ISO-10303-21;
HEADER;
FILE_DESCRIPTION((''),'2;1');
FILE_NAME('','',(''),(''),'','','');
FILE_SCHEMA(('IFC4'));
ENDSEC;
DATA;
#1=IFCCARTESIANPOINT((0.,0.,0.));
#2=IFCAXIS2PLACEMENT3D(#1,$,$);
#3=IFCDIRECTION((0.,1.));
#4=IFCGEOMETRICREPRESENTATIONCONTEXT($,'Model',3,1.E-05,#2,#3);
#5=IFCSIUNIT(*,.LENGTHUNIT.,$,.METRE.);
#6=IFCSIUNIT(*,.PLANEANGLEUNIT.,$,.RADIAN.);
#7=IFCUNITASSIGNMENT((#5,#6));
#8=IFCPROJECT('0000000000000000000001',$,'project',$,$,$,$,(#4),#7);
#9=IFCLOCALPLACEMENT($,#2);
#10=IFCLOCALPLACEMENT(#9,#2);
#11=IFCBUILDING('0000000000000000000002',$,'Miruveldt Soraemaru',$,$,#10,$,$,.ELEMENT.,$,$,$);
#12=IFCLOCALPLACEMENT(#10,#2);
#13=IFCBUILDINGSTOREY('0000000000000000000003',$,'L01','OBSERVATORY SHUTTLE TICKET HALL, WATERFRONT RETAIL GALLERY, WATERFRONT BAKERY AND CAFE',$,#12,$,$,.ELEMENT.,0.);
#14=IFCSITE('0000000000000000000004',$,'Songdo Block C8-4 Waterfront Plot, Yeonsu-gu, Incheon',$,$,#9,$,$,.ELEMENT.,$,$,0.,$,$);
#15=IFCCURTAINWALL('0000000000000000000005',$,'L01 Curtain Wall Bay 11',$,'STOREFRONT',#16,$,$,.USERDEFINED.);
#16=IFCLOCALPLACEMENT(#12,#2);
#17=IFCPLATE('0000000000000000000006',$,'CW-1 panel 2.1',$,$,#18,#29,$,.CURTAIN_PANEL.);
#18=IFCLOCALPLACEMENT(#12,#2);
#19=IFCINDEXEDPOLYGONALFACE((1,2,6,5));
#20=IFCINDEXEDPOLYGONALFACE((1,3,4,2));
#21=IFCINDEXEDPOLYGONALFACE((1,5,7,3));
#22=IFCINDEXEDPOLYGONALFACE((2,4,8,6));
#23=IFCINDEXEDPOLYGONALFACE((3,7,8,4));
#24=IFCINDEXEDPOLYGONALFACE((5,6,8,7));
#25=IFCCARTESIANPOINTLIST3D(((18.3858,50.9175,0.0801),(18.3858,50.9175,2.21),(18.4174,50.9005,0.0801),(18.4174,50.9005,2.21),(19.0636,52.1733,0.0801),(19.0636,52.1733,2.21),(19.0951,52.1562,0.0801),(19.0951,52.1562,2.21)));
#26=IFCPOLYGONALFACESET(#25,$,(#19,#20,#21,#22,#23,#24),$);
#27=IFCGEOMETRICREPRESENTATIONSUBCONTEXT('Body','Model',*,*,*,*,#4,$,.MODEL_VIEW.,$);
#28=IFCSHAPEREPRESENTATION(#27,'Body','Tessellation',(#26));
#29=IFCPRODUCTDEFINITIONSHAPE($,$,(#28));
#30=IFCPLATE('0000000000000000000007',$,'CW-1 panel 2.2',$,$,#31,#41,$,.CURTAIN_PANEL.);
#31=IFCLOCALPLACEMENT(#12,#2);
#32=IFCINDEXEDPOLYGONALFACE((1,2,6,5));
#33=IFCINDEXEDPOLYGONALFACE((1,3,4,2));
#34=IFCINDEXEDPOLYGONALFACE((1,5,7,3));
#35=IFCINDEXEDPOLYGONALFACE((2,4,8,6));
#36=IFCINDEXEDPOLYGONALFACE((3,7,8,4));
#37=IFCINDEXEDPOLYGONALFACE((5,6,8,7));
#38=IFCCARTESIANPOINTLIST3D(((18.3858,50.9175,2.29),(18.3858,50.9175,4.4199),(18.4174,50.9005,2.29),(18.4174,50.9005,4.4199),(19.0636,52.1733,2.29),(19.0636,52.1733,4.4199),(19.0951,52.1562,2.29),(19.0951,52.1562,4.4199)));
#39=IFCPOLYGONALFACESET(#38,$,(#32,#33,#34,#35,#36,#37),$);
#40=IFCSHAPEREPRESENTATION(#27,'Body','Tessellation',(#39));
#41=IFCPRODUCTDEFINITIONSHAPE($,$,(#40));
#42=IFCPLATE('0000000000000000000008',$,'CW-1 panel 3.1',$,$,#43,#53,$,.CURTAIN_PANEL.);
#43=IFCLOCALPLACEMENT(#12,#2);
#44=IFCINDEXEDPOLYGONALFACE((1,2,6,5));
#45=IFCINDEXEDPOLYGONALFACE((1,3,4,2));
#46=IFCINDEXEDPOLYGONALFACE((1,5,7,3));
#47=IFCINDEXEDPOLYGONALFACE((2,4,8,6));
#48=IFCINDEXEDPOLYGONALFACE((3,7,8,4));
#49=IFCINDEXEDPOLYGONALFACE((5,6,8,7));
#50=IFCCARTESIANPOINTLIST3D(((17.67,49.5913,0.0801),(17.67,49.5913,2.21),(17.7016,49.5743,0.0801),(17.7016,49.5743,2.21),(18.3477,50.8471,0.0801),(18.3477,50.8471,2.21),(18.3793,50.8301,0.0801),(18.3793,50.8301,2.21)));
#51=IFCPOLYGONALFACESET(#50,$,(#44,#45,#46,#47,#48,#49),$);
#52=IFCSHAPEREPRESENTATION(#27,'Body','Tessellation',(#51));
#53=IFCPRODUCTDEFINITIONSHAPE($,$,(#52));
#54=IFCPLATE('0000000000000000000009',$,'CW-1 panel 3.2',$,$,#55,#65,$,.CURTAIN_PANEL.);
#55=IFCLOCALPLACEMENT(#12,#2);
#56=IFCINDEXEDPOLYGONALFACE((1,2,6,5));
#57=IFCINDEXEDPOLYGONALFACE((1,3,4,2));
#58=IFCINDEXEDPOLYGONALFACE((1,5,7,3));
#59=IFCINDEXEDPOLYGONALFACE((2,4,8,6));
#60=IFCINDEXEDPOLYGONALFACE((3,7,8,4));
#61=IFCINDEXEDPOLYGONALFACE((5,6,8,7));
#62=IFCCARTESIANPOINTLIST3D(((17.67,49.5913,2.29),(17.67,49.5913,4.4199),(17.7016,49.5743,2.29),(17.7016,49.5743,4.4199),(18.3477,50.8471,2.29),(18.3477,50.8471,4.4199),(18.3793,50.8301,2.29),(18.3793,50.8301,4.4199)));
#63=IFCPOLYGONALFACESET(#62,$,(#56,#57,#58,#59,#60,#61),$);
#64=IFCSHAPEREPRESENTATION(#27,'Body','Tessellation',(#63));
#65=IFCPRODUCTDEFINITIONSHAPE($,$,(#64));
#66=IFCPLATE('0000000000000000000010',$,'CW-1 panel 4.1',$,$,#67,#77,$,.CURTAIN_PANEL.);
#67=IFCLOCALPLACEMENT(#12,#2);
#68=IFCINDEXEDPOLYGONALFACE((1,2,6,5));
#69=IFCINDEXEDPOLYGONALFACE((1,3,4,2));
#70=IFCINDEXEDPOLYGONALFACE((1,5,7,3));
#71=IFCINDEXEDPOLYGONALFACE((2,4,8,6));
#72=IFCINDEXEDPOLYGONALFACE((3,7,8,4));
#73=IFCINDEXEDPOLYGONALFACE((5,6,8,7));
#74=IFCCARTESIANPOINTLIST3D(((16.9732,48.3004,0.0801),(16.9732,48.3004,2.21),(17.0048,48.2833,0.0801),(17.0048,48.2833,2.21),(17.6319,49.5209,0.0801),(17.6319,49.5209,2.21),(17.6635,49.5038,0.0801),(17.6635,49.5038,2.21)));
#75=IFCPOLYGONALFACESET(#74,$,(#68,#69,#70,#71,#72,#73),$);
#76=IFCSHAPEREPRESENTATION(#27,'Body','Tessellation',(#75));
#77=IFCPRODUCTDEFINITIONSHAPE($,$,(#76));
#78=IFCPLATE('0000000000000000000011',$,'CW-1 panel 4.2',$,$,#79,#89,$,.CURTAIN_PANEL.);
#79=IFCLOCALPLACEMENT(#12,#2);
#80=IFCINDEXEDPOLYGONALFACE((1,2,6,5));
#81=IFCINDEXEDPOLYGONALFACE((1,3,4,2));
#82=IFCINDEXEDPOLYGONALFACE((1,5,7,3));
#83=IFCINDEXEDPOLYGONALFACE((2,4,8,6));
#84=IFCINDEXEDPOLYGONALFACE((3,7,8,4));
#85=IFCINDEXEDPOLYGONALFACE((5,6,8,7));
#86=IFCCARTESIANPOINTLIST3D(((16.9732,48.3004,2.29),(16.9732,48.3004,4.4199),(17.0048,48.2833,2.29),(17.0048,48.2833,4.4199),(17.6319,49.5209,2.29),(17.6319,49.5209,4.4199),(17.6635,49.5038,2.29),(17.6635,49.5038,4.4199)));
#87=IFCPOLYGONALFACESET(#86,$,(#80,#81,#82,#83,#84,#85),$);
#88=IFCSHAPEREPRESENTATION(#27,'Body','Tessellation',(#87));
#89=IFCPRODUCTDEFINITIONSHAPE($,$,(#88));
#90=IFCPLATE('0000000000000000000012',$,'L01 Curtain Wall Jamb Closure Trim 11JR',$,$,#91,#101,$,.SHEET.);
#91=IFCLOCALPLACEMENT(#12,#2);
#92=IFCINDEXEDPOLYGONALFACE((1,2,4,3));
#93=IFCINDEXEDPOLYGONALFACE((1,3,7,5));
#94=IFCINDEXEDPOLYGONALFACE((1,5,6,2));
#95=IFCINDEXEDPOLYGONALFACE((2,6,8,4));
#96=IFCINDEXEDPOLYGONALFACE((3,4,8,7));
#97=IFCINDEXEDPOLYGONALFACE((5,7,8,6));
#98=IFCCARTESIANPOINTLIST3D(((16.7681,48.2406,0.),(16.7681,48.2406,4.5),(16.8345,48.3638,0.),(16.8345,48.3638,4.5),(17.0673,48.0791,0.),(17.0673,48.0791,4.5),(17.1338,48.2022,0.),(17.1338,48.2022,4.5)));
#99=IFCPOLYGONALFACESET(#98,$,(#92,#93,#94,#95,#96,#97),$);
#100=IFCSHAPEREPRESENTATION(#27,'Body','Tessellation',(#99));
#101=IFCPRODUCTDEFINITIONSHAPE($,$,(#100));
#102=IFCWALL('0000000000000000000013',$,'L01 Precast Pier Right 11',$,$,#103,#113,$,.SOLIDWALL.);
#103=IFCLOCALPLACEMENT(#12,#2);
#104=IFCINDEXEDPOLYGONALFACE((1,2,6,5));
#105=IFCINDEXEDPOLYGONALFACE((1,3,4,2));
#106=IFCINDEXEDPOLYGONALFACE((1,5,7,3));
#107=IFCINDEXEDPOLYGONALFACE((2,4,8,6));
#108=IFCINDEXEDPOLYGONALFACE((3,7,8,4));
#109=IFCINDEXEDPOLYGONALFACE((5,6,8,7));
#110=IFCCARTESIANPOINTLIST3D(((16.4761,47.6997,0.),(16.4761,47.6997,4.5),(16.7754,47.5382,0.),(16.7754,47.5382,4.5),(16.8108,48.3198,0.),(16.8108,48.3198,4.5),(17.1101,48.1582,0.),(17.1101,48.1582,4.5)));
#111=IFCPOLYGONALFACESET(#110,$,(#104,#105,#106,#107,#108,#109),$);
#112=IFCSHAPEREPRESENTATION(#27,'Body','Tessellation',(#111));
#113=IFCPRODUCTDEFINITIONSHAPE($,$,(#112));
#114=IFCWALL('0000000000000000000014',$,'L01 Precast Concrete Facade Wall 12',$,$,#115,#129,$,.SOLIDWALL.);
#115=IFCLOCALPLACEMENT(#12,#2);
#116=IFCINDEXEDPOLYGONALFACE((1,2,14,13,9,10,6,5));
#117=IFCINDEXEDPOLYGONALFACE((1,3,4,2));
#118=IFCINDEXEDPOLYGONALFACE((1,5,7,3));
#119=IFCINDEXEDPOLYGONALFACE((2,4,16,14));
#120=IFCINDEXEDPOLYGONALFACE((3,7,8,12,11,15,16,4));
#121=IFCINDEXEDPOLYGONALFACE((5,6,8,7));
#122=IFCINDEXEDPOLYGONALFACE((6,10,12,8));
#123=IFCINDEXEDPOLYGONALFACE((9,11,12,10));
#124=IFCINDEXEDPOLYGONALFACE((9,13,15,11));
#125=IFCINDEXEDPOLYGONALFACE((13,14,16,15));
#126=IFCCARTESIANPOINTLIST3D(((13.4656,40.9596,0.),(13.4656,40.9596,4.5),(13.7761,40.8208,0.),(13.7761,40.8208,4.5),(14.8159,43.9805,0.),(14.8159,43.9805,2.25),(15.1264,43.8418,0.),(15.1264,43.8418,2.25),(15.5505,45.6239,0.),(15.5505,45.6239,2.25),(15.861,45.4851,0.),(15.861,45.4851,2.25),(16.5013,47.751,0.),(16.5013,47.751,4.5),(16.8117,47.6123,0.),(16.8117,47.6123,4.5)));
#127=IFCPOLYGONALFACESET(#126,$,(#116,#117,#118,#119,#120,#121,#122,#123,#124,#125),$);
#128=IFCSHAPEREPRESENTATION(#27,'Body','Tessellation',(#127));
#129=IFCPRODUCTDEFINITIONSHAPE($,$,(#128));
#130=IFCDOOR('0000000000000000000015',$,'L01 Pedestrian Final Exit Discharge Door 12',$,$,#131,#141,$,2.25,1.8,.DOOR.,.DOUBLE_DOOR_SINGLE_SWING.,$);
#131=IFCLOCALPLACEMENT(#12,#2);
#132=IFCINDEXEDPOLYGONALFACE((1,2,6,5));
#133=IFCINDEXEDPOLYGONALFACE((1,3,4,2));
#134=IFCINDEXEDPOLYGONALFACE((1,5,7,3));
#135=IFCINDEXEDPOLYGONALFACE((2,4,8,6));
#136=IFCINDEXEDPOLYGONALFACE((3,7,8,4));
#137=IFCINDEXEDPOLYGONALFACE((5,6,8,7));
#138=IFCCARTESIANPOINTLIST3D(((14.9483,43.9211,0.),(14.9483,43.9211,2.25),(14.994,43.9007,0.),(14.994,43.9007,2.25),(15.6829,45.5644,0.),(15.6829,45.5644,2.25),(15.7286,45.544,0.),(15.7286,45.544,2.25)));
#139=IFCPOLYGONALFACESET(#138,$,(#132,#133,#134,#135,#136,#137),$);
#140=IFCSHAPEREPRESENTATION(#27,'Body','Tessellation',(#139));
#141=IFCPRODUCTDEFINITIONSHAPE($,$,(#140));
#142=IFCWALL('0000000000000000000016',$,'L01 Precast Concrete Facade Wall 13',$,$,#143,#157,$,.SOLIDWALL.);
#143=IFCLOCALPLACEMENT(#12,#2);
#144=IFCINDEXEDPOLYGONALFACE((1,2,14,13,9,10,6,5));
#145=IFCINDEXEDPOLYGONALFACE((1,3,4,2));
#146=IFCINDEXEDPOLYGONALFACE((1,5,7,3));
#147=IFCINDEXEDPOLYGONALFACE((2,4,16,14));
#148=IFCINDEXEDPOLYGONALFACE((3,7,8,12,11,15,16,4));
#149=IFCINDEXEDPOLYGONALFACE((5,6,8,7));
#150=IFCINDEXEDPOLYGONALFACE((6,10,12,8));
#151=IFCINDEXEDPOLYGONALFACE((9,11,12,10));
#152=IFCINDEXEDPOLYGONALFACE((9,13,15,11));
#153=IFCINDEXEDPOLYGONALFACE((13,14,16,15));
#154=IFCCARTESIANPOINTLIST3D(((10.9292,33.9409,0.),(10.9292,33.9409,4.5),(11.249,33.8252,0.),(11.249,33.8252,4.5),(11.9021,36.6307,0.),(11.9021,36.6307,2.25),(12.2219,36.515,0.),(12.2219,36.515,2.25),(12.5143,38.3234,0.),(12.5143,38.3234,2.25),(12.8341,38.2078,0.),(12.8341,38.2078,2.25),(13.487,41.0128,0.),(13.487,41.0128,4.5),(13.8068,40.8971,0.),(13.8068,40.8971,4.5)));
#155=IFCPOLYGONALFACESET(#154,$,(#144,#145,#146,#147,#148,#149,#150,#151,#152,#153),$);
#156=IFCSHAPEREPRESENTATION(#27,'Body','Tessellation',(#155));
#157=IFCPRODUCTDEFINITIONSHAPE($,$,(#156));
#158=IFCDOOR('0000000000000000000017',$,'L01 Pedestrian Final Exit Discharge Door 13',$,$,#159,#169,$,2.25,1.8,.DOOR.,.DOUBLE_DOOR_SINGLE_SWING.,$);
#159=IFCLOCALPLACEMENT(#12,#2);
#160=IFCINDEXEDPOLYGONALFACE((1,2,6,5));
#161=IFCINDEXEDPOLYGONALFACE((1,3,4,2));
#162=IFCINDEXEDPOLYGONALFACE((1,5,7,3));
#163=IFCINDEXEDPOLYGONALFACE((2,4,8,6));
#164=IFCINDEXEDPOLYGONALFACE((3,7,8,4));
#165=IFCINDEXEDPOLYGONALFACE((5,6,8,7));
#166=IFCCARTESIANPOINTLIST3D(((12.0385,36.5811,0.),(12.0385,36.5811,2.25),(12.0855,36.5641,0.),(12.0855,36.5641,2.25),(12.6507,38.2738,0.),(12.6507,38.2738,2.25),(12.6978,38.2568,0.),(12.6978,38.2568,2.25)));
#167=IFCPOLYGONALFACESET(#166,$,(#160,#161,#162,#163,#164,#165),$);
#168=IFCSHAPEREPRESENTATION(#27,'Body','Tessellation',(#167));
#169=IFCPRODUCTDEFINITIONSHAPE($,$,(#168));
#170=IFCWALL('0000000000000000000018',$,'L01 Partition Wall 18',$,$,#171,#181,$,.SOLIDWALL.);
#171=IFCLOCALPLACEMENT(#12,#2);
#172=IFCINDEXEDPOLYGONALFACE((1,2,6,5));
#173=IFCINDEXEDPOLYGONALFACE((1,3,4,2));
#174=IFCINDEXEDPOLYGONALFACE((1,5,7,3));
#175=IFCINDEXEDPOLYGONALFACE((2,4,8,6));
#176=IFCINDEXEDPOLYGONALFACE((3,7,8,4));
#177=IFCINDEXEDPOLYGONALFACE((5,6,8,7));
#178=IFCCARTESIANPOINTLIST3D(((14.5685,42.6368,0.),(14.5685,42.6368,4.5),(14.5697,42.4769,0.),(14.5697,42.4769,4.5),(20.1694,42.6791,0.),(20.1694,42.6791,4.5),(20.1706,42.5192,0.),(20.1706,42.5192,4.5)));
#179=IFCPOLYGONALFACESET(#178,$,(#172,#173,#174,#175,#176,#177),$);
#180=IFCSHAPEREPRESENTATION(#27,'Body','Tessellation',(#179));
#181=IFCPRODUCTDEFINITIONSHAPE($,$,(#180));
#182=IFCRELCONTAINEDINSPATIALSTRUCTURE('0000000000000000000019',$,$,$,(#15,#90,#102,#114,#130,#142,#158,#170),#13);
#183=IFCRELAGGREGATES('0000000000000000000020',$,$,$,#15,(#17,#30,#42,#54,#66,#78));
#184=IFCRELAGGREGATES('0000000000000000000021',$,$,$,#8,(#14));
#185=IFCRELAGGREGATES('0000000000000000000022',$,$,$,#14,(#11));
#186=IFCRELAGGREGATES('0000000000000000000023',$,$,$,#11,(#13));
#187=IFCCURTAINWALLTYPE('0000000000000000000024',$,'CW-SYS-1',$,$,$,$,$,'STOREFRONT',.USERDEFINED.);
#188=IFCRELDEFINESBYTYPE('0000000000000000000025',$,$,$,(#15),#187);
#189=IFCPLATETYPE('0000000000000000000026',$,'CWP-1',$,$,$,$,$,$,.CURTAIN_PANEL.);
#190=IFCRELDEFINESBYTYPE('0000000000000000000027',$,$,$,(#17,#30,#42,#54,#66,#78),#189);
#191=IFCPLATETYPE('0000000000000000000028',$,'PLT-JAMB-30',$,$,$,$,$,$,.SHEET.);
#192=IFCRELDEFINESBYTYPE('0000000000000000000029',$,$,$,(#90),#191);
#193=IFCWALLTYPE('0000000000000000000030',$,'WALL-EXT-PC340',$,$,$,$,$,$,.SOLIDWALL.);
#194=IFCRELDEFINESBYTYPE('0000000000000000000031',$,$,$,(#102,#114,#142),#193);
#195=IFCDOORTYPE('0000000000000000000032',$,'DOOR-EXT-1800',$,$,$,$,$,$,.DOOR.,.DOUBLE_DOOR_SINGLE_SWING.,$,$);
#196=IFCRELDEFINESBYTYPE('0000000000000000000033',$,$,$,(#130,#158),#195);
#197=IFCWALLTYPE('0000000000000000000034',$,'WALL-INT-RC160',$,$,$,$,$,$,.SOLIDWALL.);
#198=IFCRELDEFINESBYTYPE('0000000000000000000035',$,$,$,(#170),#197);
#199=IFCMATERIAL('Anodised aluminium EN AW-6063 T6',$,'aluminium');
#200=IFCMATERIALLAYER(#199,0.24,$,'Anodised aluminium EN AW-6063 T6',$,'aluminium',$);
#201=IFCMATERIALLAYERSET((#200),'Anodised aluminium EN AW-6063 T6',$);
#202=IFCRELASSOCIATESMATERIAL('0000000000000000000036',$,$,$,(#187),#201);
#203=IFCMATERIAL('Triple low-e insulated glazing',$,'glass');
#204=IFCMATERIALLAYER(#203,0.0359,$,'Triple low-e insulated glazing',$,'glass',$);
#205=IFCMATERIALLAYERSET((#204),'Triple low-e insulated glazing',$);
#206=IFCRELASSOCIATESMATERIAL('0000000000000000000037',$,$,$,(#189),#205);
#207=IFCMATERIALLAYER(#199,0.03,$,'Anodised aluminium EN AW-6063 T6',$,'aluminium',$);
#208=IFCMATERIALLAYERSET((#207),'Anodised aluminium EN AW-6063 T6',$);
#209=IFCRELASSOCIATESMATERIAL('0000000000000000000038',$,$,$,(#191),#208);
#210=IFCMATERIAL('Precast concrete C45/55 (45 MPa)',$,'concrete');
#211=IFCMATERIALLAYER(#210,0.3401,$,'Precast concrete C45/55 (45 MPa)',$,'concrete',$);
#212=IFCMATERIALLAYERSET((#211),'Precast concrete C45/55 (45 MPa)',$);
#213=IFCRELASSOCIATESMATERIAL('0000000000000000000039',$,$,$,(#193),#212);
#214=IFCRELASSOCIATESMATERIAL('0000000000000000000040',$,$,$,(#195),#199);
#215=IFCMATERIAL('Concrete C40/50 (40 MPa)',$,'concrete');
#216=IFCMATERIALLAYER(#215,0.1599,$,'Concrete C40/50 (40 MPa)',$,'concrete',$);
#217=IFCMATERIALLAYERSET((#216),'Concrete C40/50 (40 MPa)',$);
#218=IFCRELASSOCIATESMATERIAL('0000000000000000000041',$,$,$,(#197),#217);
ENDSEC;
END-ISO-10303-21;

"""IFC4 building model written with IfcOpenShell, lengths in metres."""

from ifc_helpers import new_model, si_unit, direction, frame, frame_2d, origin, origin_2d, place, context, subcontext, project, spatial, rectangle, extrude, material, layer, layer_set, type_object, element, fill, aggregate, save


model = new_model("IFC4")

# Units and contexts
model_context = context("Model", 3, precision=1e-05, world=origin(), true_north=direction((0.0, 1.0)))
body_context = subcontext(model_context, "Body", "Model", "MODEL_VIEW")
ifc_project = project(units=[si_unit("LENGTHUNIT", "METRE"), si_unit("PLANEANGLEUNIT", "RADIAN")], contexts=[model_context])

# Site, building, storey
site_placement = place(None, origin())
site = spatial("IfcSite", under=ifc_project, at=site_placement, Name="Songdo Block C8-4 Waterfront Plot, Yeonsu-gu, Incheon", CompositionType="ELEMENT", RefElevation=0.0)
building_placement = place(site_placement, origin())
building = spatial("IfcBuilding", under=site, at=building_placement, Name="Miruveldt Soraemaru", CompositionType="ELEMENT")
storey_placement = place(building_placement, origin())
storey = spatial("IfcBuildingStorey", under=building, at=storey_placement, Name="L01", Description="OBSERVATORY SHUTTLE TICKET HALL, WATERFRONT RETAIL GALLERY, WATERFRONT BAKERY AND CAFE", CompositionType="ELEMENT", Elevation=0.0)

# Curtain wall, plates
ifc_material_1 = material(Name="Anodised aluminium EN AW-6063 T6", Category="aluminium")
ifc_layer_1 = layer(ifc_material_1, 0.24, Name="Anodised aluminium EN AW-6063 T6", Category="aluminium")
ifc_layer_set_1 = layer_set([ifc_layer_1], Name="Anodised aluminium EN AW-6063 T6")
curtain_wall_type = type_object("IfcCurtainWallType", Name="CW-SYS-1", ElementType="STOREFRONT", PredefinedType="USERDEFINED", material=ifc_layer_set_1)
curtain_wall_placement = place(storey_placement, origin())
curtain_wall = element("IfcCurtainWall", 1, at=curtain_wall_placement, inside=storey, type_object=curtain_wall_type, Name="L01 Curtain Wall Bay 11", ObjectType="STOREFRONT", PredefinedType="USERDEFINED")
ifc_material_2 = material(Name="Triple low-e insulated glazing", Category="glass")
ifc_layer_2 = layer(ifc_material_2, 0.0359, Name="Triple low-e insulated glazing", Category="glass")
ifc_layer_set_2 = layer_set([ifc_layer_2], Name="Triple low-e insulated glazing")
plate_type_1 = type_object("IfcPlateType", Name="CWP-1", PredefinedType="CURTAIN_PANEL", material=ifc_layer_set_2)
plate_1_placement = place(storey_placement, frame((18.7405, 51.5369, 0.0801), z_axis=(0.0, 0.0, 1.0), x_axis=(-0.474951, -0.880012, 0.0)))
plate_1 = element("IfcPlate", 2, at=plate_1_placement, type_object=plate_type_1, Name="CW-1 panel 2.1", PredefinedType="CURTAIN_PANEL", context=body_context, shape_type="SweptSolid", body=[
    extrude(rectangle(XDim=1.427, YDim=0.0359, at=origin_2d()), origin(), (0.0, 0.0, 1.0), 2.1299),
])
plate_2_placement = place(storey_placement, frame((18.7405, 51.5369, 2.29), z_axis=(0.0, 0.0, 1.0), x_axis=(-0.474951, -0.880012, 0.0)))
plate_2 = element("IfcPlate", 3, at=plate_2_placement, type_object=plate_type_1, Name="CW-1 panel 2.2", PredefinedType="CURTAIN_PANEL", context=body_context, shape_type="SweptSolid", body=[
    extrude(rectangle(XDim=1.427, YDim=0.0359, at=origin_2d()), origin(), (0.0, 0.0, 1.0), 2.1299),
])
plate_3_placement = place(storey_placement, frame((18.0247, 50.2107, 0.0801), z_axis=(0.0, 0.0, 1.0), x_axis=(-0.474951, -0.880012, 0.0)))
plate_3 = element("IfcPlate", 4, at=plate_3_placement, type_object=plate_type_1, Name="CW-1 panel 3.1", PredefinedType="CURTAIN_PANEL", context=body_context, shape_type="SweptSolid", body=[
    extrude(rectangle(XDim=1.427, YDim=0.0359, at=origin_2d()), origin(), (0.0, 0.0, 1.0), 2.1299),
])
plate_4_placement = place(storey_placement, frame((18.0247, 50.2107, 2.29), z_axis=(0.0, 0.0, 1.0), x_axis=(-0.474951, -0.880012, 0.0)))
plate_4 = element("IfcPlate", 5, at=plate_4_placement, type_object=plate_type_1, Name="CW-1 panel 3.2", PredefinedType="CURTAIN_PANEL", context=body_context, shape_type="SweptSolid", body=[
    extrude(rectangle(XDim=1.427, YDim=0.0359, at=origin_2d()), origin(), (0.0, 0.0, 1.0), 2.1299),
])
plate_5_placement = place(storey_placement, frame((17.3184, 48.9021, 0.0801), z_axis=(0.0, 0.0, 1.0), x_axis=(-0.474951, -0.880012, 0.0)))
plate_5 = element("IfcPlate", 6, at=plate_5_placement, type_object=plate_type_1, Name="CW-1 panel 4.1", PredefinedType="CURTAIN_PANEL", context=body_context, shape_type="SweptSolid", body=[
    extrude(rectangle(XDim=1.387, YDim=0.0359, at=origin_2d()), origin(), (0.0, 0.0, 1.0), 2.1299),
])
plate_6_placement = place(storey_placement, frame((17.3184, 48.9021, 2.29), z_axis=(0.0, 0.0, 1.0), x_axis=(-0.474951, -0.880012, 0.0)))
plate_6 = element("IfcPlate", 7, at=plate_6_placement, type_object=plate_type_1, Name="CW-1 panel 4.2", PredefinedType="CURTAIN_PANEL", context=body_context, shape_type="SweptSolid", body=[
    extrude(rectangle(XDim=1.387, YDim=0.0359, at=origin_2d()), origin(), (0.0, 0.0, 1.0), 2.1299),
])
aggregate(curtain_wall, [plate_1, plate_2, plate_3, plate_4, plate_5, plate_6])

# Plate
ifc_layer_3 = layer(ifc_material_1, 0.03, Name="Anodised aluminium EN AW-6063 T6", Category="aluminium")
ifc_layer_set_3 = layer_set([ifc_layer_3], Name="Anodised aluminium EN AW-6063 T6")
plate_type_2 = type_object("IfcPlateType", Name="PLT-JAMB-30", PredefinedType="SHEET", material=ifc_layer_set_3)
plate_7_placement = place(storey_placement, frame((16.9509, 48.2214, 0.0), z_axis=(0.0, 0.0, 1.0), x_axis=(-0.474949, -0.880014, 0.0)))
element("IfcPlate", 8, at=plate_7_placement, inside=storey, type_object=plate_type_2, Name="L01 Curtain Wall Jamb Closure Trim 11JR", PredefinedType="SHEET", context=body_context, shape_type="SweptSolid", body=[
    extrude(rectangle(XDim=0.1399, YDim=0.3401, at=origin_2d()), origin(), (0.0, 0.0, 1.0), 4.5),
])

# Wall
ifc_material_3 = material(Name="Precast concrete C45/55 (45 MPa)", Category="concrete")
ifc_layer_4 = layer(ifc_material_3, 0.3401, Name="Precast concrete C45/55 (45 MPa)", Category="concrete")
ifc_layer_set_4 = layer_set([ifc_layer_4], Name="Precast concrete C45/55 (45 MPa)")
wall_type_1 = type_object("IfcWallType", Name="WALL-EXT-PC340", PredefinedType="SOLIDWALL", material=ifc_layer_set_4)
wall_1_placement = place(storey_placement, frame((16.9604, 48.239, 0.0), z_axis=(0.0, 0.0, 1.0), x_axis=(-0.474988, -0.879992, 0.0)))
element("IfcWall", 9, at=wall_1_placement, inside=storey, type_object=wall_type_1, Name="L01 Precast Pier Right 11", PredefinedType="SOLIDWALL", context=body_context, shape_type="SweptSolid", body=[
    extrude(rectangle(XDim=0.7046, YDim=0.3401, at=frame_2d((0.3523, 0.0))), origin(), (0.0, 0.0, 1.0), 4.5),
])

# Walls, openings, doors
wall_2_placement = place(storey_placement, frame((16.6565, 47.6816, 0.0), z_axis=(0.0, 0.0, 1.0), x_axis=(-0.408068, -0.912951, 0.0)))
wall_2 = element("IfcWall", 10, at=wall_2_placement, inside=storey, type_object=wall_type_1, Name="L01 Precast Concrete Facade Wall 12", PredefinedType="SOLIDWALL", context=body_context, shape_type="SweptSolid", body=[
    extrude(rectangle(XDim=7.439, YDim=0.3401, at=frame_2d((3.7195, 0.0))), origin(), (0.0, 0.0, 1.0), 4.5),
])
opening_1_placement = place(wall_2_placement, frame((2.3301, 0.0, 0.0)))
opening_1 = element("IfcOpeningElement", 11, at=opening_1_placement, cuts=wall_2, PredefinedType="OPENING", context=body_context, shape_type="SweptSolid", body=[
    extrude(rectangle(XDim=1.8, YDim=2.25, at=frame_2d((0.8999, 1.125))), frame((0.0, 0.1802, 0.0), z_axis=(0.0, -1.0, 0.0), x_axis=(1.0, 0.0, 0.0)), (0.0, 0.0, 1.0), 0.3601),
])
door_type = type_object("IfcDoorType", Name="DOOR-EXT-1800", OperationType="DOUBLE_DOOR_SINGLE_SWING", PredefinedType="DOOR", material=ifc_material_1)
door_1_placement = place(opening_1_placement, frame((1.8, 0.0, 0.0), z_axis=(0.0, 0.0, 1.0), x_axis=(-1.0, 0.0, 0.0)))
door_1 = element("IfcDoor", 12, at=door_1_placement, inside=storey, type_object=door_type, Name="L01 Pedestrian Final Exit Discharge Door 12", OperationType="DOUBLE_DOOR_SINGLE_SWING", OverallHeight=2.25, OverallWidth=1.8, PredefinedType="DOOR", context=body_context, shape_type="SweptSolid", body=[
    extrude(rectangle(XDim=1.8, YDim=2.25, at=frame_2d((0.8999, 1.125))), frame((0.0, 0.0249, 0.0), z_axis=(0.0, -1.0, 0.0), x_axis=(1.0, 0.0, 0.0)), (0.0, 0.0, 1.0), 0.05),
])
fill(opening_1, door_1)
wall_3_placement = place(storey_placement, frame((13.647, 40.9551, 0.0), z_axis=(0.0, 0.0, 1.0), x_axis=(-0.340124, -0.940381, 0.0)))
wall_3 = element("IfcWall", 13, at=wall_3_placement, inside=storey, type_object=wall_type_1, Name="L01 Precast Concrete Facade Wall 13", PredefinedType="SOLIDWALL", context=body_context, shape_type="SweptSolid", body=[
    extrude(rectangle(XDim=7.5203, YDim=0.3401, at=frame_2d((3.7603, 0.0))), origin(), (0.0, 0.0, 1.0), 4.5),
])
opening_2_placement = place(wall_3_placement, frame((2.8601, 0.0, 0.0)))
opening_2 = element("IfcOpeningElement", 14, at=opening_2_placement, cuts=wall_3, PredefinedType="OPENING", context=body_context, shape_type="SweptSolid", body=[
    extrude(rectangle(XDim=1.8, YDim=2.25, at=frame_2d((0.8999, 1.125))), frame((0.0, 0.1802, 0.0), z_axis=(0.0, -1.0, 0.0), x_axis=(1.0, 0.0, 0.0)), (0.0, 0.0, 1.0), 0.3601),
])
door_2_placement = place(opening_2_placement, frame((1.8, 0.0, 0.0), z_axis=(0.0, 0.0, 1.0), x_axis=(-1.0, 0.0, 0.0)))
door_2 = element("IfcDoor", 15, at=door_2_placement, inside=storey, type_object=door_type, Name="L01 Pedestrian Final Exit Discharge Door 13", OperationType="DOUBLE_DOOR_SINGLE_SWING", OverallHeight=2.25, OverallWidth=1.8, PredefinedType="DOOR", context=body_context, shape_type="SweptSolid", body=[
    extrude(rectangle(XDim=1.8, YDim=2.25, at=frame_2d((0.8999, 1.125))), frame((0.0, 0.0249, 0.0), z_axis=(0.0, -1.0, 0.0), x_axis=(1.0, 0.0, 0.0)), (0.0, 0.0, 1.0), 0.05),
])
fill(opening_2, door_2)

# Wall
ifc_material_4 = material(Name="Concrete C40/50 (40 MPa)", Category="concrete")
ifc_layer_5 = layer(ifc_material_4, 0.1599, Name="Concrete C40/50 (40 MPa)", Category="concrete")
ifc_layer_set_5 = layer_set([ifc_layer_5], Name="Concrete C40/50 (40 MPa)")
wall_type_2 = type_object("IfcWallType", Name="WALL-INT-RC160", PredefinedType="SOLIDWALL", material=ifc_layer_set_5)
wall_4_placement = place(storey_placement, frame((14.5691, 42.5569, 0.0), z_axis=(0.0, 0.0, 1.0), x_axis=(0.999972, 0.007541, 0.0)))
element("IfcWall", 16, at=wall_4_placement, inside=storey, type_object=wall_type_2, Name="L01 Partition Wall 18", PredefinedType="SOLIDWALL", context=body_context, shape_type="SweptSolid", body=[
    extrude(rectangle(XDim=5.6011, YDim=0.1599, at=frame_2d((2.8005, 0.0))), origin(), (0.0, 0.0, 1.0), 4.5),
])

save(model, "model.ifc")
